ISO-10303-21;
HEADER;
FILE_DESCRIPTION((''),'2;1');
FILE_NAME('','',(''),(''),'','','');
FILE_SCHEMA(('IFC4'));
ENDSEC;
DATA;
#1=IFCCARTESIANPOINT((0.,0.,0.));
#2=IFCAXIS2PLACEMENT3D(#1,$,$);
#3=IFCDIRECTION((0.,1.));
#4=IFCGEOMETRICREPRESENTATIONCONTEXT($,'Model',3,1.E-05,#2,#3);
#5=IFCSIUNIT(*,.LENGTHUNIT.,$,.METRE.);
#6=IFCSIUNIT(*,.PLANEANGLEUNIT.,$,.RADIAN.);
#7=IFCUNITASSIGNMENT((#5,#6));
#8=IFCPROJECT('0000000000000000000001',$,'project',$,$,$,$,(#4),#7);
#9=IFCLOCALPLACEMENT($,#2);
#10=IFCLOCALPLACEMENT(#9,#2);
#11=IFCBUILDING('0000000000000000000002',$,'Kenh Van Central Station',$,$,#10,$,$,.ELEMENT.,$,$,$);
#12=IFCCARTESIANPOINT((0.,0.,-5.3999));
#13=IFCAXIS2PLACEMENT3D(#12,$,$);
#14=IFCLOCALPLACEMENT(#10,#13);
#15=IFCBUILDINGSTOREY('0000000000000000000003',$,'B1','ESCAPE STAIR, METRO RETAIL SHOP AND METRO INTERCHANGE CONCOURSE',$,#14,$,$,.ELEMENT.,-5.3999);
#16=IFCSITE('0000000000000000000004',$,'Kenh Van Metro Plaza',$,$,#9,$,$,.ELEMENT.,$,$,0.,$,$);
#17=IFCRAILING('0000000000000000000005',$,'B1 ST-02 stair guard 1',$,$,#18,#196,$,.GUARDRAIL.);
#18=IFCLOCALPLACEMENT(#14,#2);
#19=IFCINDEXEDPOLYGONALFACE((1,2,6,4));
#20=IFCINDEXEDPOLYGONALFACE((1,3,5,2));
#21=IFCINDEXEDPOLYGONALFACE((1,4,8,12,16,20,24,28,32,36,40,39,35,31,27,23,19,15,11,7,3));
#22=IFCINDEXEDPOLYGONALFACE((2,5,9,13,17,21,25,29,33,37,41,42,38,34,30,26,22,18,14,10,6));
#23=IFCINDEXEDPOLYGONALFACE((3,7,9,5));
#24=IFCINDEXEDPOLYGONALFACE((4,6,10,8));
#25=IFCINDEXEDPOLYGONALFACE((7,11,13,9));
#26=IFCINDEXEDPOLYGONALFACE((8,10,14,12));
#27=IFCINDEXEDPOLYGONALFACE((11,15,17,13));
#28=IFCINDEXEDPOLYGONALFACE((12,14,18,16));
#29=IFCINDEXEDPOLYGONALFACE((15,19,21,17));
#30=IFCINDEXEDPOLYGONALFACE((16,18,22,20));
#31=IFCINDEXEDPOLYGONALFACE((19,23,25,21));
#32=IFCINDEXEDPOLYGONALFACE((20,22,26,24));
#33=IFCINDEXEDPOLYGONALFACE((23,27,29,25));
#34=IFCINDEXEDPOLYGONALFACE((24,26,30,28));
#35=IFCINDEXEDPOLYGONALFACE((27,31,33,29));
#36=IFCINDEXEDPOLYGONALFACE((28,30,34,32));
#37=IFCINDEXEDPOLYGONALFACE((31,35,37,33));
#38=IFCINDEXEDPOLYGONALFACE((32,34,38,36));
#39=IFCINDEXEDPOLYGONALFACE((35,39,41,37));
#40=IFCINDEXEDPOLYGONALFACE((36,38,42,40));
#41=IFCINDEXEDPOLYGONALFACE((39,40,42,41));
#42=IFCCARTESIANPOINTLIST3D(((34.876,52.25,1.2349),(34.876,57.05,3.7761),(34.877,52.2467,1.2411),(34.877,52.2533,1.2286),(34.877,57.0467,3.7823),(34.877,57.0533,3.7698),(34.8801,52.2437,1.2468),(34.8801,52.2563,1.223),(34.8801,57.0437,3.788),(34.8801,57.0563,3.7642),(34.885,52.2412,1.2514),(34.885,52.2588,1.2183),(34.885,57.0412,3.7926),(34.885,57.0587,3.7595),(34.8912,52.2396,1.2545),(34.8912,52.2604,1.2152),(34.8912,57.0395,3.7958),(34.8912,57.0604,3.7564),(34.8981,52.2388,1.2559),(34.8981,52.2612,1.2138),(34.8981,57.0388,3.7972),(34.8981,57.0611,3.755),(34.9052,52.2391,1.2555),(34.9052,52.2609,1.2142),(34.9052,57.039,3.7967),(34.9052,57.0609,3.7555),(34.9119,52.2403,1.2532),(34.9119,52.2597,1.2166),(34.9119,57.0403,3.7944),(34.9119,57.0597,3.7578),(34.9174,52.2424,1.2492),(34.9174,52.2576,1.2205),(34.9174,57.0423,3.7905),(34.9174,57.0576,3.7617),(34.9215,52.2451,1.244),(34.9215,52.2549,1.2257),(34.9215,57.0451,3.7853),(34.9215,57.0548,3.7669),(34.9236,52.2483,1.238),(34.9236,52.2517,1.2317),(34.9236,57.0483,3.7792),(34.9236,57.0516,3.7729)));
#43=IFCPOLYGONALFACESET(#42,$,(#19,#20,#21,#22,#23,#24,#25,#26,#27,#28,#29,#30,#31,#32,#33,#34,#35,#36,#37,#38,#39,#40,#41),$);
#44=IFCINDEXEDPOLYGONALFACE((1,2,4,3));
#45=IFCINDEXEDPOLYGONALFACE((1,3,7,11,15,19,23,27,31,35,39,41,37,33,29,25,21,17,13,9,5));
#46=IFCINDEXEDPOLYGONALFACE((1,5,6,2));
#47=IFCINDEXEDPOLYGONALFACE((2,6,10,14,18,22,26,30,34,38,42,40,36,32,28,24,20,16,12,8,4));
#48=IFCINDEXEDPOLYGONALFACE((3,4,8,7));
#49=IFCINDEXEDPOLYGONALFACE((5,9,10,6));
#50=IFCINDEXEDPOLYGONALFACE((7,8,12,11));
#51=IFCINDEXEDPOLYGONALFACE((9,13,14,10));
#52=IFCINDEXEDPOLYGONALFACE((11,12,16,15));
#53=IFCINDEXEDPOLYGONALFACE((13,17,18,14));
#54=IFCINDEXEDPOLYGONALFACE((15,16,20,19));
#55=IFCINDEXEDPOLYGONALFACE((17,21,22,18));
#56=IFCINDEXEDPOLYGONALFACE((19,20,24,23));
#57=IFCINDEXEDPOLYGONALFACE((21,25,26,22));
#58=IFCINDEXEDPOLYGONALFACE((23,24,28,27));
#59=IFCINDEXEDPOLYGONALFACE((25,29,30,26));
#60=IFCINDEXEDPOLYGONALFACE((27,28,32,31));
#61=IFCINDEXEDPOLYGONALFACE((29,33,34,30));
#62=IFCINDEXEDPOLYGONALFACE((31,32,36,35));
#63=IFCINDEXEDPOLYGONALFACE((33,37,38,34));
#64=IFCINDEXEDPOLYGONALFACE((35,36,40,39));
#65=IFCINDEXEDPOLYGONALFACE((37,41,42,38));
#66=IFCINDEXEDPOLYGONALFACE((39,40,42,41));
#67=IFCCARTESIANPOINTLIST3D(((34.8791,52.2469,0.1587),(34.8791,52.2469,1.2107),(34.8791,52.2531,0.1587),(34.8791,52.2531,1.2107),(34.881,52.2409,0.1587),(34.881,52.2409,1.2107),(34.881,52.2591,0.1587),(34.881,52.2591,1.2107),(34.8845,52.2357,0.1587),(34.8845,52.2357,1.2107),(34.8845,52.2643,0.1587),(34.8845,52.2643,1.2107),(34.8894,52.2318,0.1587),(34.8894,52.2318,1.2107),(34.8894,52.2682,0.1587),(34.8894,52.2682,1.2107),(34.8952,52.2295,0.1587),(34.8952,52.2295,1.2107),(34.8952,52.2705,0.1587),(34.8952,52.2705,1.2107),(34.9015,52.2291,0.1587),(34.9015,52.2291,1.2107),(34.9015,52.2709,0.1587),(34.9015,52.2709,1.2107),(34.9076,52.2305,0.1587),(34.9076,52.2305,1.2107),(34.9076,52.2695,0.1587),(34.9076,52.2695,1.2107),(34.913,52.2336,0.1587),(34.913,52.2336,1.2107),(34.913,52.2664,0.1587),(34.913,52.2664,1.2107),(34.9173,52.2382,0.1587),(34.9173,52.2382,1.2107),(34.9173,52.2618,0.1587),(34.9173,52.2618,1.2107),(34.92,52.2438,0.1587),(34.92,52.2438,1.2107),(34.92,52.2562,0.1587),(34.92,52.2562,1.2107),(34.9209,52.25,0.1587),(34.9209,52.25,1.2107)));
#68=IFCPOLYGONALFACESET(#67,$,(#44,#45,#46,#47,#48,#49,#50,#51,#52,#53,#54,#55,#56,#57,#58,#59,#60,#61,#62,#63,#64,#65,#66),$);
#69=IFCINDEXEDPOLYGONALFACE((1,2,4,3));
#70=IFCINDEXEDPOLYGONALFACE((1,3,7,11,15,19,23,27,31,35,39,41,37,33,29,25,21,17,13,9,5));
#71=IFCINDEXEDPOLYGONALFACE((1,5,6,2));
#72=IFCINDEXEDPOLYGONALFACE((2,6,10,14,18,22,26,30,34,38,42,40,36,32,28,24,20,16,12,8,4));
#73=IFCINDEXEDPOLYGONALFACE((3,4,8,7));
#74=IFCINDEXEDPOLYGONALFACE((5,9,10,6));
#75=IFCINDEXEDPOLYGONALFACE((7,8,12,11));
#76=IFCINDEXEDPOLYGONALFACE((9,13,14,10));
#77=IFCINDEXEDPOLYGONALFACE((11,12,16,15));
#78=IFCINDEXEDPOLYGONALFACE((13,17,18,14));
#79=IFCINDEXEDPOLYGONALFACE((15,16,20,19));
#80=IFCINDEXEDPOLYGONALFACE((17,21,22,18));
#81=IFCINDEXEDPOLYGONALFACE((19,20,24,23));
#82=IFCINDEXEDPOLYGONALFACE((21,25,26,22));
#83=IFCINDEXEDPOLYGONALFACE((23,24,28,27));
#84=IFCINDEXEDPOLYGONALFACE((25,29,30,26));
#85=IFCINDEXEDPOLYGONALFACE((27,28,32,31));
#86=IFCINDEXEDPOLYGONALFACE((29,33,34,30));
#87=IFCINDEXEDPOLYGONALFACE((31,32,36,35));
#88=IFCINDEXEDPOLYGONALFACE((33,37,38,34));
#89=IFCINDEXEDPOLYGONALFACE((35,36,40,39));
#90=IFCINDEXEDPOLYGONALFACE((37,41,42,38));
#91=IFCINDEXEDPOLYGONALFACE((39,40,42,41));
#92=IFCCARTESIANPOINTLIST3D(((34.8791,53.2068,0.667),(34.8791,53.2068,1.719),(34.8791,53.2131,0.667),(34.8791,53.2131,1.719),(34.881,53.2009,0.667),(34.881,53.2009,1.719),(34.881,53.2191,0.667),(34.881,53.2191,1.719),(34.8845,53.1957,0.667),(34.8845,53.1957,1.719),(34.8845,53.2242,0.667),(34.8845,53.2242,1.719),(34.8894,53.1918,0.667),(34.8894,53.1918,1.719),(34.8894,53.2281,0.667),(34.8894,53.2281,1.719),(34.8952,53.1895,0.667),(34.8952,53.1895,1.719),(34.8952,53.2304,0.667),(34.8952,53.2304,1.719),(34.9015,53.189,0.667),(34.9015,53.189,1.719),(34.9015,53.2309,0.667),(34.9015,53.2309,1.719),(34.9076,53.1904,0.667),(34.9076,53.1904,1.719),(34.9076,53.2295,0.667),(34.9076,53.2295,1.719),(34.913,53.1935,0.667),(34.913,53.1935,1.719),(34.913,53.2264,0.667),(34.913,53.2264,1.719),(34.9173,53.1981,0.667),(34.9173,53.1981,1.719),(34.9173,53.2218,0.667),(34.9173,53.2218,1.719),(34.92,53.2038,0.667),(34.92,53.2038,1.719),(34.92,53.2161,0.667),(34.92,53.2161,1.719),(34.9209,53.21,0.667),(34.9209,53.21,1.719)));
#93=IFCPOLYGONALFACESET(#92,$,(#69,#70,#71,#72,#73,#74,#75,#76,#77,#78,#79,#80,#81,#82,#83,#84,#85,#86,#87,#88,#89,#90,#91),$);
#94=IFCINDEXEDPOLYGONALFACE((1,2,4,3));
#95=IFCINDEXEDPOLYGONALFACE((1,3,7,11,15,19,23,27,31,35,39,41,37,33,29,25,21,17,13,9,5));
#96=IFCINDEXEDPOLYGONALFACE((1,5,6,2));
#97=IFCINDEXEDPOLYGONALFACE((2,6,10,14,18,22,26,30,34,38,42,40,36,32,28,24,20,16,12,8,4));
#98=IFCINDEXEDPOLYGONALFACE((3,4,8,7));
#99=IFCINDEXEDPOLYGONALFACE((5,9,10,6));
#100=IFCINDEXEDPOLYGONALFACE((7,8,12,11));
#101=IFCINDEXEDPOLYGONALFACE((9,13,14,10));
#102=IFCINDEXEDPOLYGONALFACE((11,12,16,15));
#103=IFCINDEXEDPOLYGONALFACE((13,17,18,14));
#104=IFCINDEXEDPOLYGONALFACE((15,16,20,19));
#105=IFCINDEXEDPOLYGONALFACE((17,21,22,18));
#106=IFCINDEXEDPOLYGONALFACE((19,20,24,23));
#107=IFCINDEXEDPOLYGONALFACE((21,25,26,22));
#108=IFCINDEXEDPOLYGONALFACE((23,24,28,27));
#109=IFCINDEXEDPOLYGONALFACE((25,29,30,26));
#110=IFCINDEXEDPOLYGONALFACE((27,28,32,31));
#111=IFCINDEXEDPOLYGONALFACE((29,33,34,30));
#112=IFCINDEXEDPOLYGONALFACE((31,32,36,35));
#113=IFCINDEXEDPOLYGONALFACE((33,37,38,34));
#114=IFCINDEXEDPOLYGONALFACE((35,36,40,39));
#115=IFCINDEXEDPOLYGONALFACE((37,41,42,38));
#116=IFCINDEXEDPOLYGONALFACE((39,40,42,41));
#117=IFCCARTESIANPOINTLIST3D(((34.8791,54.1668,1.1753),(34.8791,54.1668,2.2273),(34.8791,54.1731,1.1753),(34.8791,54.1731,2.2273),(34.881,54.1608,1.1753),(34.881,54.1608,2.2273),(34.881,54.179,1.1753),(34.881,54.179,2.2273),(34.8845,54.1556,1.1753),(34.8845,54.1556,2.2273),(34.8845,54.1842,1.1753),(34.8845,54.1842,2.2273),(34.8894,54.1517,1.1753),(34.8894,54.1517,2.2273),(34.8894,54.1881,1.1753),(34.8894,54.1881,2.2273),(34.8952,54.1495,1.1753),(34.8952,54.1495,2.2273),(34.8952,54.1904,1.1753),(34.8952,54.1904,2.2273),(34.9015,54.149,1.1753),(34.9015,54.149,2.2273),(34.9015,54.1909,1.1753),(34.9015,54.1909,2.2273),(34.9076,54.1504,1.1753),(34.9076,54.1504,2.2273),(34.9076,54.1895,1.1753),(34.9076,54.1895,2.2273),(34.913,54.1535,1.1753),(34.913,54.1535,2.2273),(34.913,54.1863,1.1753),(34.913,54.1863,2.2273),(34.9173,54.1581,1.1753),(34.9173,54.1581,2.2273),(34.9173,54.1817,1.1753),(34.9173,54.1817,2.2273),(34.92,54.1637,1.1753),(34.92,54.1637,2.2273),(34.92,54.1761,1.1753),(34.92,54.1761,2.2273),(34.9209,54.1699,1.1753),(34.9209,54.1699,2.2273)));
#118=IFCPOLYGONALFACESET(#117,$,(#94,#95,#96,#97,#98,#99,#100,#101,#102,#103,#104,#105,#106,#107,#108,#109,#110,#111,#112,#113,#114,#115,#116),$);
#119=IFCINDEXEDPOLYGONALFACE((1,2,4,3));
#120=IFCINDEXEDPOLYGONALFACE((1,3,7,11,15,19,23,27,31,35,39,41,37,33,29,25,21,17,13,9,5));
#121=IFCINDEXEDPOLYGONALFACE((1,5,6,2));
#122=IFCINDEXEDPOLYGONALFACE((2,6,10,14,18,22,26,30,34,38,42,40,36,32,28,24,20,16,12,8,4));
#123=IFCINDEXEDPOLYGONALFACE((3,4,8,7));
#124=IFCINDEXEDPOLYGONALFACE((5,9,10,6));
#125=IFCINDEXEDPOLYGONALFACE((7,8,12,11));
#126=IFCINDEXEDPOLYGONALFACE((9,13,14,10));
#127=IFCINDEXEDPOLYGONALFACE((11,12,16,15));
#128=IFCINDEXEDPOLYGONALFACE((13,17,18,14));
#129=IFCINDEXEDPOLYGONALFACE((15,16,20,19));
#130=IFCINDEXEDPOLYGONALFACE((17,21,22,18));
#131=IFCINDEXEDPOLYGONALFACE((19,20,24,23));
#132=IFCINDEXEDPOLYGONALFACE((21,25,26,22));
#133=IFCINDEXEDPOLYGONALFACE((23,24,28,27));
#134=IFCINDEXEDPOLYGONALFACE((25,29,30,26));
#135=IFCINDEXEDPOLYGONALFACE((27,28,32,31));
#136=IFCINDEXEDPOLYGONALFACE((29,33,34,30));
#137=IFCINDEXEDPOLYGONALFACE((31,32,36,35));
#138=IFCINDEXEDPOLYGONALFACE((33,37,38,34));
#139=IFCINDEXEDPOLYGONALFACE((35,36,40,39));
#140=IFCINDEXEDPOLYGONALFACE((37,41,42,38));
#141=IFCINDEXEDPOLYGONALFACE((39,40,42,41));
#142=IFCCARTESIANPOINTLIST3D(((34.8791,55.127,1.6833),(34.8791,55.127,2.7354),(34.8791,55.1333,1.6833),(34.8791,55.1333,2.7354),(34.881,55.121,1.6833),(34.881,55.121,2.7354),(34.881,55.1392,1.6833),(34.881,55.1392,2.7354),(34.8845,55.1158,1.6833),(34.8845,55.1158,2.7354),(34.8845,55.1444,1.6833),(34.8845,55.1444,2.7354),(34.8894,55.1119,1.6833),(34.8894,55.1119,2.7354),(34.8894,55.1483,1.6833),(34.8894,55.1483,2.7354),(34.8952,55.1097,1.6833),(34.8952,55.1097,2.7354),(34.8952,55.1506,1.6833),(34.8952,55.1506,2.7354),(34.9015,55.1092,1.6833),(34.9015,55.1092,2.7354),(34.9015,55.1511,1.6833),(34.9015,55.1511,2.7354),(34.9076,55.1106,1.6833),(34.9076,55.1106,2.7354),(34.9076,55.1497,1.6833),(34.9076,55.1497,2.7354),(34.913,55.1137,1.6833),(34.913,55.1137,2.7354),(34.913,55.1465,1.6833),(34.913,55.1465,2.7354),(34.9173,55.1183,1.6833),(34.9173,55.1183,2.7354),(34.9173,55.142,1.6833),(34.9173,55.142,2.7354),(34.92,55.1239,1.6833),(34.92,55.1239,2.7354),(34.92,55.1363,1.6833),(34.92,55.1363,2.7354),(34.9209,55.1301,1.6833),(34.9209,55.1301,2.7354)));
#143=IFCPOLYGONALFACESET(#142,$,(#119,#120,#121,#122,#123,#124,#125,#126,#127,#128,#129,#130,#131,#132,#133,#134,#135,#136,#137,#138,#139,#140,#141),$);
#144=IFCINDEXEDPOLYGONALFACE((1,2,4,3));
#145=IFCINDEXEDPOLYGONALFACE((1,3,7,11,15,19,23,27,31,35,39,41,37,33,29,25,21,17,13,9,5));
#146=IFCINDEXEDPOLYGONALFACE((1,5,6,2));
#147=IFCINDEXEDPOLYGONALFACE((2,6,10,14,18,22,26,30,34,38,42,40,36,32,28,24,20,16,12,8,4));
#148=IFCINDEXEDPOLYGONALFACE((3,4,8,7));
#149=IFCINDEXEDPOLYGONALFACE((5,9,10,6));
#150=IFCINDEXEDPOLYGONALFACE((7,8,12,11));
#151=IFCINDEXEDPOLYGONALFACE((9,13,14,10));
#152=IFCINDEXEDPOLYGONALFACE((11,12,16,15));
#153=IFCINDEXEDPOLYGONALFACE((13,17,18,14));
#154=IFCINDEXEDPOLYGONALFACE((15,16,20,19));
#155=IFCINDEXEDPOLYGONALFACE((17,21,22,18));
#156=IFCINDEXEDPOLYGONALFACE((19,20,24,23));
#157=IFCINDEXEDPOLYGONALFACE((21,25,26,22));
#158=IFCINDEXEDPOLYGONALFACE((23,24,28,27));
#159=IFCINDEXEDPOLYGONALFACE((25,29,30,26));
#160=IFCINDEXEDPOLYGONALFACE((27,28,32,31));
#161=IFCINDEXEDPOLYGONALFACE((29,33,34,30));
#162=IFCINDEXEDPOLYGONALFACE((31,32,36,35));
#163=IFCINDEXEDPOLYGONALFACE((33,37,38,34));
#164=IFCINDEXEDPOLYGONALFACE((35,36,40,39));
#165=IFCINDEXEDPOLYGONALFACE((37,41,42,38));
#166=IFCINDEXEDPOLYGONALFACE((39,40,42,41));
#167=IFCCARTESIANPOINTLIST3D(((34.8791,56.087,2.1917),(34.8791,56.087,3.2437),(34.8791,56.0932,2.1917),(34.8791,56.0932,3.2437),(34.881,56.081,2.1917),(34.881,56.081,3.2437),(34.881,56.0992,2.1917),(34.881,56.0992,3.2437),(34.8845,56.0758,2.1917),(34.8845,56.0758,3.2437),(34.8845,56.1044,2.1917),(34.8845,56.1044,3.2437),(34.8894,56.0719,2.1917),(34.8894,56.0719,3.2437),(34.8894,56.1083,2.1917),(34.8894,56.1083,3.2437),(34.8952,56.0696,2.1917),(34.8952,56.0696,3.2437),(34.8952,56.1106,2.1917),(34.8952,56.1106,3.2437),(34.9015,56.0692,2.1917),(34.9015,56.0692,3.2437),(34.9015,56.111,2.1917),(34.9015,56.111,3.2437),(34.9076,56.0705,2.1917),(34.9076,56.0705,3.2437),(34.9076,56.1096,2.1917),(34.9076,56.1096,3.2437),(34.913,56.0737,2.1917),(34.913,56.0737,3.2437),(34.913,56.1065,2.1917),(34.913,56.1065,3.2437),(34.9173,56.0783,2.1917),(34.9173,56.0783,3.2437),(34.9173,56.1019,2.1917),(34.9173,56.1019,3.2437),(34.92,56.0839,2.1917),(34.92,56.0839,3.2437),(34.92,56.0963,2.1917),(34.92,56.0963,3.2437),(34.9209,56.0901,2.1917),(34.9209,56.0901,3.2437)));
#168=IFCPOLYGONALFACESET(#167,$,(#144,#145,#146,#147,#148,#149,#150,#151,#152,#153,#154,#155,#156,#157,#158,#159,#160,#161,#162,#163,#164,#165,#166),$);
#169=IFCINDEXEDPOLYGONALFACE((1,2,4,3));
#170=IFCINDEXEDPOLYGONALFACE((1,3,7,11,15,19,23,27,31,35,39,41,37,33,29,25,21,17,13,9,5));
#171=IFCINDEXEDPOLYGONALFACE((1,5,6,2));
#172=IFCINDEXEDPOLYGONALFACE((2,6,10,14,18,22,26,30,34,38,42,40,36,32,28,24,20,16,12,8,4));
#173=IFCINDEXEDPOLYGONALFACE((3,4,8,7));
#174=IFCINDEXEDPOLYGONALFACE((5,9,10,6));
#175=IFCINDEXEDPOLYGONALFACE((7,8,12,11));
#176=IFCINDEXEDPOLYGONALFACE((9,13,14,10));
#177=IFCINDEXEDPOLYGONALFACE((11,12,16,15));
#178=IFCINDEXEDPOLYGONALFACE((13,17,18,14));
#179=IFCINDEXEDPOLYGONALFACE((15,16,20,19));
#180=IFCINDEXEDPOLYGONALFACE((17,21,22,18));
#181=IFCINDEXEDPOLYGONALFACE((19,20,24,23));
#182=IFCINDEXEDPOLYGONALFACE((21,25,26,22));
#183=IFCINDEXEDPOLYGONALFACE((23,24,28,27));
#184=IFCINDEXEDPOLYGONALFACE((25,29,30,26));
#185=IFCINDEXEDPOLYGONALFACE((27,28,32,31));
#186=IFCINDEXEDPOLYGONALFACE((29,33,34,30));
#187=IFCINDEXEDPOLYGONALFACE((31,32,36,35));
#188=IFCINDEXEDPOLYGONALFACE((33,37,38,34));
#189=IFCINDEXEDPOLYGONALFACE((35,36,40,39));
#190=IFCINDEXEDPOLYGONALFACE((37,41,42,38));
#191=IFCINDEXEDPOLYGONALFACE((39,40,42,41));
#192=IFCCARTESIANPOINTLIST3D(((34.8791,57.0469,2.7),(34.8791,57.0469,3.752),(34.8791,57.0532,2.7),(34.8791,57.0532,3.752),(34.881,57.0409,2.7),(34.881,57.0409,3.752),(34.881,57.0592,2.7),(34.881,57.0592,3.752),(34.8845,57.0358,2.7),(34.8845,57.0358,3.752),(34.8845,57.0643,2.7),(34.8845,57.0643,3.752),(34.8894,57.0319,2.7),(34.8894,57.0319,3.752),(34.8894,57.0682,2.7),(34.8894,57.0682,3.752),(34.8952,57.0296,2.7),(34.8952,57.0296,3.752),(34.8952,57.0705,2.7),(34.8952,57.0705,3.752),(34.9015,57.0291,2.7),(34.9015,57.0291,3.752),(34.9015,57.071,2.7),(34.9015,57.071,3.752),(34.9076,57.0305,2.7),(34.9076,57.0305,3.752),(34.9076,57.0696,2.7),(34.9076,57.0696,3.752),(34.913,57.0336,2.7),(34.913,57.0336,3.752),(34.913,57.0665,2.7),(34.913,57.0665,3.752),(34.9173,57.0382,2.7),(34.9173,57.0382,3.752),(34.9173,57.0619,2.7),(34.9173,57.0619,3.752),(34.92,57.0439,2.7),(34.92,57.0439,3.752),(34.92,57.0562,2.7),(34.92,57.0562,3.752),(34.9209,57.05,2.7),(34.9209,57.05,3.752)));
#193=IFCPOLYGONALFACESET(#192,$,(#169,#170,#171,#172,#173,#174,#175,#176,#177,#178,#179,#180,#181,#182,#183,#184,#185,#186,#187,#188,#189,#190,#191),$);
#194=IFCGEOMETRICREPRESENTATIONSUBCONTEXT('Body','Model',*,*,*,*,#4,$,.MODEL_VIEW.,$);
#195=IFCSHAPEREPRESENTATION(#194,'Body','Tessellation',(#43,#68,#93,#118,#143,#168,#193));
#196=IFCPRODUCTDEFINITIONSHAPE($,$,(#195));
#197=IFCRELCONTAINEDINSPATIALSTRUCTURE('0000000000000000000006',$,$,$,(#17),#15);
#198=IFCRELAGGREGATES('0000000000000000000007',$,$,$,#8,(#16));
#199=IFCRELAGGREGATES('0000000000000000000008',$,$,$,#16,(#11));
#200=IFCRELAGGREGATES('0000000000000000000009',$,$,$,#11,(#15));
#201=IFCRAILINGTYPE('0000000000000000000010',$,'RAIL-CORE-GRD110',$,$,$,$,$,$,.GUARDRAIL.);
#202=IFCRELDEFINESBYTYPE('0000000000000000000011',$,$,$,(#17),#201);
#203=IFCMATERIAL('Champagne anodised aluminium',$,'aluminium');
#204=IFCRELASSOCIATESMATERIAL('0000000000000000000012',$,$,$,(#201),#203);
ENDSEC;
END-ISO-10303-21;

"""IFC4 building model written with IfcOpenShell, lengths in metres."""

from ifc_helpers import new_model, si_unit, direction, frame, origin, origin_2d, place, context, subcontext, project, spatial, circle, extrude, material, type_object, element, save


model = new_model("IFC4")

# Units and contexts
model_context = context("Model", 3, precision=1e-05, world=origin(), true_north=direction((0.0, 1.0)))
body_context = subcontext(model_context, "Body", "Model", "MODEL_VIEW")
ifc_project = project(units=[si_unit("LENGTHUNIT", "METRE"), si_unit("PLANEANGLEUNIT", "RADIAN")], contexts=[model_context])

# Site, building, storey
site_placement = place(None, origin())
site = spatial("IfcSite", under=ifc_project, at=site_placement, Name="Kenh Van Metro Plaza", CompositionType="ELEMENT", RefElevation=0.0)
building_placement = place(site_placement, origin())
building = spatial("IfcBuilding", under=site, at=building_placement, Name="Kenh Van Central Station", CompositionType="ELEMENT")
storey_placement = place(building_placement, frame((0.0, 0.0, -5.3999)))
storey = spatial("IfcBuildingStorey", under=building, at=storey_placement, Name="B1", Description="ESCAPE STAIR, METRO RETAIL SHOP AND METRO INTERCHANGE CONCOURSE", CompositionType="ELEMENT", Elevation=-5.3999)

# Shared definitions
ifc_material_1 = material(Name="Champagne anodised aluminium", Category="aluminium")

# Railing
railing_type_1 = type_object("IfcRailingType", Name="RAIL-CORE-GRD110", PredefinedType="GUARDRAIL", material=ifc_material_1)
railing_1_placement = place(storey_placement, frame((34.8999, 52.25, 0.1587)))
element("IfcRailing", 1, at=railing_1_placement, inside=storey, type_object=railing_type_1, Name="B1 ST-02 stair guard 1", PredefinedType="GUARDRAIL", context=body_context, shape_type="SweptSolid", body=[
    extrude(circle(Radius=0.0239, at=origin_2d()), frame((0.0, 0.0, 1.0762), z_axis=(0.0, 0.883784, 0.467896), x_axis=(-1.0, 0.0, 0.0)), (0.0, 0.0, 1.0), 5.4312),
    extrude(circle(Radius=0.021, at=origin_2d()), origin(), (0.0, 0.0, 1.0), 1.052),
    extrude(circle(Radius=0.021, at=origin_2d()), frame((0.0, 0.96, 0.5083)), (0.0, 0.0, 1.0), 1.052),
    extrude(circle(Radius=0.021, at=origin_2d()), frame((0.0, 1.9199, 1.0166)), (0.0, 0.0, 1.0), 1.052),
    extrude(circle(Radius=0.021, at=origin_2d()), frame((0.0, 2.8801, 1.5247)), (0.0, 0.0, 1.0), 1.052),
    extrude(circle(Radius=0.021, at=origin_2d()), frame((0.0, 3.8401, 2.033)), (0.0, 0.0, 1.0), 1.052),
    extrude(circle(Radius=0.021, at=origin_2d()), frame((0.0, 4.8, 2.5413)), (0.0, 0.0, 1.0), 1.052),
])

save(model, "model.ifc")
